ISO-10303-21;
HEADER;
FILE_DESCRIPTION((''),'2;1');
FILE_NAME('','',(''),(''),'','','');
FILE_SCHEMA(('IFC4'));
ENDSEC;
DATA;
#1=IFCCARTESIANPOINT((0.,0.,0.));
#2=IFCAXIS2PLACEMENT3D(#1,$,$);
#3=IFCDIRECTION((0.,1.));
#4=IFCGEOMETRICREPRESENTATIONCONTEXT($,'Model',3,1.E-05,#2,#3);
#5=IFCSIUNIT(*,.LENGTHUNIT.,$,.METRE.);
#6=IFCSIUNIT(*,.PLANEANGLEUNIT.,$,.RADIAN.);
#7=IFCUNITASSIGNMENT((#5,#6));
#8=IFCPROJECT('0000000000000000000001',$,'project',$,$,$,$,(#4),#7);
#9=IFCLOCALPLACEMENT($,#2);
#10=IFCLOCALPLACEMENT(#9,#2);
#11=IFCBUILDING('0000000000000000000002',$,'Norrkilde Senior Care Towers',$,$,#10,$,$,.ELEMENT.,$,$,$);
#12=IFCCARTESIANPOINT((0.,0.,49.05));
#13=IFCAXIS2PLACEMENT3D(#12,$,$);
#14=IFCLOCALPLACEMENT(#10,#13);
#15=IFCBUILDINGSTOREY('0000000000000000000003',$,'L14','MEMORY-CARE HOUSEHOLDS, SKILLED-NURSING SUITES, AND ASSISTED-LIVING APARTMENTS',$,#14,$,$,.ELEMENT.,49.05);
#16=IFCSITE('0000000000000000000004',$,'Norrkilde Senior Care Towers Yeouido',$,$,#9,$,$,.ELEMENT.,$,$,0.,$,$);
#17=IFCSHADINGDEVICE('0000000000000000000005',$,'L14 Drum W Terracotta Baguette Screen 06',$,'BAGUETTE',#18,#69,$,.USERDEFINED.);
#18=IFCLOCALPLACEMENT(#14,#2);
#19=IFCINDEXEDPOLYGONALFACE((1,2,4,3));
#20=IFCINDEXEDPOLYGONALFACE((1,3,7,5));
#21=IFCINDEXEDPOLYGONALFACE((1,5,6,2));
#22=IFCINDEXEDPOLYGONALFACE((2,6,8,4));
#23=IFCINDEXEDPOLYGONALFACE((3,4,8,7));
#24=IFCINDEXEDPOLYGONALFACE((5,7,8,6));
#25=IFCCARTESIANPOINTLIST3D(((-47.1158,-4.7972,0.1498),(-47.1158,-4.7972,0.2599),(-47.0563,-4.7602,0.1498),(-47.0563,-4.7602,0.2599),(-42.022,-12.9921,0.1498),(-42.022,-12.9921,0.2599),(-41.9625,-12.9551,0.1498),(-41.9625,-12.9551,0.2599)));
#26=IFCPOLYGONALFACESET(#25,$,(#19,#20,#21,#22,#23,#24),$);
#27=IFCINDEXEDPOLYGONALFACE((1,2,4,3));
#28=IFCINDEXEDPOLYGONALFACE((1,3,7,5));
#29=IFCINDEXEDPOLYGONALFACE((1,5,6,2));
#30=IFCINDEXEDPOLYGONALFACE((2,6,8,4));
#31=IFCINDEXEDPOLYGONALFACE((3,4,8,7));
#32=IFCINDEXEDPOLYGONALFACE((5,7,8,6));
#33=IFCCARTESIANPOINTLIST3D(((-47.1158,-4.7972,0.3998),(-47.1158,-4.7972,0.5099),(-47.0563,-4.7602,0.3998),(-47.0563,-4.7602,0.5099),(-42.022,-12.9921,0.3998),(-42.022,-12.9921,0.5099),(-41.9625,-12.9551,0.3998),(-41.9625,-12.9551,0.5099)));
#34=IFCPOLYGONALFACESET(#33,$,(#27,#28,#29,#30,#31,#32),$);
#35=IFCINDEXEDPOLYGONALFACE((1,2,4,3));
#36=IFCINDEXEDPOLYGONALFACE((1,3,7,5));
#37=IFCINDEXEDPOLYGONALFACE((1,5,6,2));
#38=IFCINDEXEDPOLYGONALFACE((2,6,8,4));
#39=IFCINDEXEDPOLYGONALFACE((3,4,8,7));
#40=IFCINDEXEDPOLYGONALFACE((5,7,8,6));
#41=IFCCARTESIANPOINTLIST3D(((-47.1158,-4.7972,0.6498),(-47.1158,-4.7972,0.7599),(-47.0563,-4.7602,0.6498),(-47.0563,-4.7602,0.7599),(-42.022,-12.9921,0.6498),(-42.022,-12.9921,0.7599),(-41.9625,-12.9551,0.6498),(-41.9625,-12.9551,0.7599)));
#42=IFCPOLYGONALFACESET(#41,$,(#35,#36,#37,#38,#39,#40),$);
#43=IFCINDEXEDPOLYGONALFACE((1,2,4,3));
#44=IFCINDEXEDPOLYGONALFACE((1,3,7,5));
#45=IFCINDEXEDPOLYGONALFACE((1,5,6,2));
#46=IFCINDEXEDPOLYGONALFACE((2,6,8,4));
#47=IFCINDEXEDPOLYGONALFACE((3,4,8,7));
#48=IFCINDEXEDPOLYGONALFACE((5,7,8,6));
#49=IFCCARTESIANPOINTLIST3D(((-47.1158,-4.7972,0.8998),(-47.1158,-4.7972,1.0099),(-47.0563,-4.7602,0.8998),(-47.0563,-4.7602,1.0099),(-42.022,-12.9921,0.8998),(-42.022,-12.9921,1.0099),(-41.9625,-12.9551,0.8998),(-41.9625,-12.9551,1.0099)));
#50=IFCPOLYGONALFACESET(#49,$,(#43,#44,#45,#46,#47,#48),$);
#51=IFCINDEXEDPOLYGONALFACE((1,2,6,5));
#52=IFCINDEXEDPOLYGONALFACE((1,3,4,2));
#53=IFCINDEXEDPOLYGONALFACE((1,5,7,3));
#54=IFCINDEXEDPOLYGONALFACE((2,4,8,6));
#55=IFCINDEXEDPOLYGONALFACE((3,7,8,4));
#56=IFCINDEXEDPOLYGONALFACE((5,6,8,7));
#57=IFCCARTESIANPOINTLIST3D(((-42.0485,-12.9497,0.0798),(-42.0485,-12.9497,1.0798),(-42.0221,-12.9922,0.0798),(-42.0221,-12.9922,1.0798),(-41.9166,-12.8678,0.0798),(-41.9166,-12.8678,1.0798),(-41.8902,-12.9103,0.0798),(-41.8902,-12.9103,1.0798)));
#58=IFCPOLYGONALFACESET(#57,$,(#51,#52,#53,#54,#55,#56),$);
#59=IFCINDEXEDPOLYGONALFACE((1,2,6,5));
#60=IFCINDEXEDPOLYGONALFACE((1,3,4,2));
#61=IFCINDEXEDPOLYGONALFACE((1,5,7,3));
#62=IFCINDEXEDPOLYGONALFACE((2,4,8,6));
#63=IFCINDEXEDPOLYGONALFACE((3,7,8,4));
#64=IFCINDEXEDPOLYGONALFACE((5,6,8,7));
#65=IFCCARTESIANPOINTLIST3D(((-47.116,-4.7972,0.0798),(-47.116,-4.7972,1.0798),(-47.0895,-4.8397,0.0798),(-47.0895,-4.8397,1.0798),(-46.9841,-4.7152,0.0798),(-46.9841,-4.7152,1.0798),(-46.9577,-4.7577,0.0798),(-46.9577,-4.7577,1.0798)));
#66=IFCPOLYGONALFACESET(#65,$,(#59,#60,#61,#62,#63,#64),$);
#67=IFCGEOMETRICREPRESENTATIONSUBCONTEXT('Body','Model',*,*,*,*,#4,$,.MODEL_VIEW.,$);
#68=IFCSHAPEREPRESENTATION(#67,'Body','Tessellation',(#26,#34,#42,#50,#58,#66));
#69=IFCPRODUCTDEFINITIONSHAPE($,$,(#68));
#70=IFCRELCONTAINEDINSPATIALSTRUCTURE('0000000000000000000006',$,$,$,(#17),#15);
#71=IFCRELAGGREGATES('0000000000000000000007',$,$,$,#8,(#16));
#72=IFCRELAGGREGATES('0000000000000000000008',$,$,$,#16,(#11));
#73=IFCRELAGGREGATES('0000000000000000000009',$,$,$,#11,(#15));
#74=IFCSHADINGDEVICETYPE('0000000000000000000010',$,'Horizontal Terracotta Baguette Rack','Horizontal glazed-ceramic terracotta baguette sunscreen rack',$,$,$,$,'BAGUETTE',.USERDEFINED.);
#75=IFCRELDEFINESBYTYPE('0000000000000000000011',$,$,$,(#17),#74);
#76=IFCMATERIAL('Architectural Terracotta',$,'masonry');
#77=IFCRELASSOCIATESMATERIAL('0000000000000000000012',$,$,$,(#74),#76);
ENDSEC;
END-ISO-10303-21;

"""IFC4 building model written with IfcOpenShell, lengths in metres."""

from ifc_helpers import new_model, si_unit, direction, frame, origin, origin_2d, place, context, subcontext, project, spatial, rectangle, extrude, source, transform, mapped, material, type_object, type_shapes, element, save


model = new_model("IFC4")

# Units and contexts
model_context = context("Model", 3, precision=1e-05, world=origin(), true_north=direction((0.0, 1.0)))
body_context = subcontext(model_context, "Body", "Model", "MODEL_VIEW")
ifc_project = project(units=[si_unit("LENGTHUNIT", "METRE"), si_unit("PLANEANGLEUNIT", "RADIAN")], contexts=[model_context])

# Site, building, storey
site_placement = place(None, origin())
site = spatial("IfcSite", under=ifc_project, at=site_placement, Name="Norrkilde Senior Care Towers Yeouido", CompositionType="ELEMENT", RefElevation=0.0)
building_placement = place(site_placement, origin())
building = spatial("IfcBuilding", under=site, at=building_placement, Name="Norrkilde Senior Care Towers", CompositionType="ELEMENT")
storey_placement = place(building_placement, frame((0.0, 0.0, 49.05)))
storey = spatial("IfcBuildingStorey", under=building, at=storey_placement, Name="L14", Description="MEMORY-CARE HOUSEHOLDS, SKILLED-NURSING SUITES, AND ASSISTED-LIVING APARTMENTS", CompositionType="ELEMENT", Elevation=49.05)

# Shading device
ifc_material_1 = material(Name="Architectural Terracotta", Category="masonry")
shading_device_type = type_object("IfcShadingDeviceType", Name="Horizontal Terracotta Baguette Rack", Description="Horizontal glazed-ceramic terracotta baguette sunscreen rack", ElementType="BAGUETTE", PredefinedType="USERDEFINED", material=ifc_material_1)
shared_shape_1 = source(origin(), body_context, "Body", "SweptSolid", [
    extrude(rectangle(XDim=0.0701, YDim=0.1101, at=origin_2d()), frame((0.0, 0.0901, 0.125), z_axis=(1.0, 0.0, 0.0), x_axis=(0.0, 1.0, 0.0)), (0.0, 0.0, 1.0), 9.6489),
    extrude(rectangle(XDim=0.0701, YDim=0.1101, at=origin_2d()), frame((0.0, 0.0901, 0.375), z_axis=(1.0, 0.0, 0.0), x_axis=(0.0, 1.0, 0.0)), (0.0, 0.0, 1.0), 9.6489),
    extrude(rectangle(XDim=0.0701, YDim=0.1101, at=origin_2d()), frame((0.0, 0.0901, 0.625), z_axis=(1.0, 0.0, 0.0), x_axis=(0.0, 1.0, 0.0)), (0.0, 0.0, 1.0), 9.6489),
    extrude(rectangle(XDim=0.0701, YDim=0.1101, at=origin_2d()), frame((0.0, 0.0901, 0.875), z_axis=(1.0, 0.0, 0.0), x_axis=(0.0, 1.0, 0.0)), (0.0, 0.0, 1.0), 9.6489),
    extrude(rectangle(XDim=0.05, YDim=0.1553, at=origin_2d()), frame((0.0249, 0.0476, 0.0)), (0.0, 0.0, 1.0), 1.0),
    extrude(rectangle(XDim=0.05, YDim=0.1553, at=origin_2d()), frame((9.624, 0.0476, 0.0)), (0.0, 0.0, 1.0), 1.0),
])
type_shapes(shading_device_type, [shared_shape_1])
shading_device_placement = place(storey_placement, frame((-41.9158, -12.926, 0.0798), z_axis=(0.0, 0.0, 1.0), x_axis=(-0.527909, 0.849299, 0.0)))
element("IfcShadingDevice", 1, at=shading_device_placement, inside=storey, type_object=shading_device_type, Name="L14 Drum W Terracotta Baguette Screen 06", ObjectType="BAGUETTE", PredefinedType="USERDEFINED", context=body_context, shape_type="MappedRepresentation", body=[
    mapped(shared_shape_1, transform((0.0, 0.0, 0.0), x_axis=(1.0, 0.0, 0.0), y_axis=(0.0, 1.0, 0.0), z_axis=(0.0, 0.0, 1.0), scale=1.0)),
])

save(model, "model.ifc")
